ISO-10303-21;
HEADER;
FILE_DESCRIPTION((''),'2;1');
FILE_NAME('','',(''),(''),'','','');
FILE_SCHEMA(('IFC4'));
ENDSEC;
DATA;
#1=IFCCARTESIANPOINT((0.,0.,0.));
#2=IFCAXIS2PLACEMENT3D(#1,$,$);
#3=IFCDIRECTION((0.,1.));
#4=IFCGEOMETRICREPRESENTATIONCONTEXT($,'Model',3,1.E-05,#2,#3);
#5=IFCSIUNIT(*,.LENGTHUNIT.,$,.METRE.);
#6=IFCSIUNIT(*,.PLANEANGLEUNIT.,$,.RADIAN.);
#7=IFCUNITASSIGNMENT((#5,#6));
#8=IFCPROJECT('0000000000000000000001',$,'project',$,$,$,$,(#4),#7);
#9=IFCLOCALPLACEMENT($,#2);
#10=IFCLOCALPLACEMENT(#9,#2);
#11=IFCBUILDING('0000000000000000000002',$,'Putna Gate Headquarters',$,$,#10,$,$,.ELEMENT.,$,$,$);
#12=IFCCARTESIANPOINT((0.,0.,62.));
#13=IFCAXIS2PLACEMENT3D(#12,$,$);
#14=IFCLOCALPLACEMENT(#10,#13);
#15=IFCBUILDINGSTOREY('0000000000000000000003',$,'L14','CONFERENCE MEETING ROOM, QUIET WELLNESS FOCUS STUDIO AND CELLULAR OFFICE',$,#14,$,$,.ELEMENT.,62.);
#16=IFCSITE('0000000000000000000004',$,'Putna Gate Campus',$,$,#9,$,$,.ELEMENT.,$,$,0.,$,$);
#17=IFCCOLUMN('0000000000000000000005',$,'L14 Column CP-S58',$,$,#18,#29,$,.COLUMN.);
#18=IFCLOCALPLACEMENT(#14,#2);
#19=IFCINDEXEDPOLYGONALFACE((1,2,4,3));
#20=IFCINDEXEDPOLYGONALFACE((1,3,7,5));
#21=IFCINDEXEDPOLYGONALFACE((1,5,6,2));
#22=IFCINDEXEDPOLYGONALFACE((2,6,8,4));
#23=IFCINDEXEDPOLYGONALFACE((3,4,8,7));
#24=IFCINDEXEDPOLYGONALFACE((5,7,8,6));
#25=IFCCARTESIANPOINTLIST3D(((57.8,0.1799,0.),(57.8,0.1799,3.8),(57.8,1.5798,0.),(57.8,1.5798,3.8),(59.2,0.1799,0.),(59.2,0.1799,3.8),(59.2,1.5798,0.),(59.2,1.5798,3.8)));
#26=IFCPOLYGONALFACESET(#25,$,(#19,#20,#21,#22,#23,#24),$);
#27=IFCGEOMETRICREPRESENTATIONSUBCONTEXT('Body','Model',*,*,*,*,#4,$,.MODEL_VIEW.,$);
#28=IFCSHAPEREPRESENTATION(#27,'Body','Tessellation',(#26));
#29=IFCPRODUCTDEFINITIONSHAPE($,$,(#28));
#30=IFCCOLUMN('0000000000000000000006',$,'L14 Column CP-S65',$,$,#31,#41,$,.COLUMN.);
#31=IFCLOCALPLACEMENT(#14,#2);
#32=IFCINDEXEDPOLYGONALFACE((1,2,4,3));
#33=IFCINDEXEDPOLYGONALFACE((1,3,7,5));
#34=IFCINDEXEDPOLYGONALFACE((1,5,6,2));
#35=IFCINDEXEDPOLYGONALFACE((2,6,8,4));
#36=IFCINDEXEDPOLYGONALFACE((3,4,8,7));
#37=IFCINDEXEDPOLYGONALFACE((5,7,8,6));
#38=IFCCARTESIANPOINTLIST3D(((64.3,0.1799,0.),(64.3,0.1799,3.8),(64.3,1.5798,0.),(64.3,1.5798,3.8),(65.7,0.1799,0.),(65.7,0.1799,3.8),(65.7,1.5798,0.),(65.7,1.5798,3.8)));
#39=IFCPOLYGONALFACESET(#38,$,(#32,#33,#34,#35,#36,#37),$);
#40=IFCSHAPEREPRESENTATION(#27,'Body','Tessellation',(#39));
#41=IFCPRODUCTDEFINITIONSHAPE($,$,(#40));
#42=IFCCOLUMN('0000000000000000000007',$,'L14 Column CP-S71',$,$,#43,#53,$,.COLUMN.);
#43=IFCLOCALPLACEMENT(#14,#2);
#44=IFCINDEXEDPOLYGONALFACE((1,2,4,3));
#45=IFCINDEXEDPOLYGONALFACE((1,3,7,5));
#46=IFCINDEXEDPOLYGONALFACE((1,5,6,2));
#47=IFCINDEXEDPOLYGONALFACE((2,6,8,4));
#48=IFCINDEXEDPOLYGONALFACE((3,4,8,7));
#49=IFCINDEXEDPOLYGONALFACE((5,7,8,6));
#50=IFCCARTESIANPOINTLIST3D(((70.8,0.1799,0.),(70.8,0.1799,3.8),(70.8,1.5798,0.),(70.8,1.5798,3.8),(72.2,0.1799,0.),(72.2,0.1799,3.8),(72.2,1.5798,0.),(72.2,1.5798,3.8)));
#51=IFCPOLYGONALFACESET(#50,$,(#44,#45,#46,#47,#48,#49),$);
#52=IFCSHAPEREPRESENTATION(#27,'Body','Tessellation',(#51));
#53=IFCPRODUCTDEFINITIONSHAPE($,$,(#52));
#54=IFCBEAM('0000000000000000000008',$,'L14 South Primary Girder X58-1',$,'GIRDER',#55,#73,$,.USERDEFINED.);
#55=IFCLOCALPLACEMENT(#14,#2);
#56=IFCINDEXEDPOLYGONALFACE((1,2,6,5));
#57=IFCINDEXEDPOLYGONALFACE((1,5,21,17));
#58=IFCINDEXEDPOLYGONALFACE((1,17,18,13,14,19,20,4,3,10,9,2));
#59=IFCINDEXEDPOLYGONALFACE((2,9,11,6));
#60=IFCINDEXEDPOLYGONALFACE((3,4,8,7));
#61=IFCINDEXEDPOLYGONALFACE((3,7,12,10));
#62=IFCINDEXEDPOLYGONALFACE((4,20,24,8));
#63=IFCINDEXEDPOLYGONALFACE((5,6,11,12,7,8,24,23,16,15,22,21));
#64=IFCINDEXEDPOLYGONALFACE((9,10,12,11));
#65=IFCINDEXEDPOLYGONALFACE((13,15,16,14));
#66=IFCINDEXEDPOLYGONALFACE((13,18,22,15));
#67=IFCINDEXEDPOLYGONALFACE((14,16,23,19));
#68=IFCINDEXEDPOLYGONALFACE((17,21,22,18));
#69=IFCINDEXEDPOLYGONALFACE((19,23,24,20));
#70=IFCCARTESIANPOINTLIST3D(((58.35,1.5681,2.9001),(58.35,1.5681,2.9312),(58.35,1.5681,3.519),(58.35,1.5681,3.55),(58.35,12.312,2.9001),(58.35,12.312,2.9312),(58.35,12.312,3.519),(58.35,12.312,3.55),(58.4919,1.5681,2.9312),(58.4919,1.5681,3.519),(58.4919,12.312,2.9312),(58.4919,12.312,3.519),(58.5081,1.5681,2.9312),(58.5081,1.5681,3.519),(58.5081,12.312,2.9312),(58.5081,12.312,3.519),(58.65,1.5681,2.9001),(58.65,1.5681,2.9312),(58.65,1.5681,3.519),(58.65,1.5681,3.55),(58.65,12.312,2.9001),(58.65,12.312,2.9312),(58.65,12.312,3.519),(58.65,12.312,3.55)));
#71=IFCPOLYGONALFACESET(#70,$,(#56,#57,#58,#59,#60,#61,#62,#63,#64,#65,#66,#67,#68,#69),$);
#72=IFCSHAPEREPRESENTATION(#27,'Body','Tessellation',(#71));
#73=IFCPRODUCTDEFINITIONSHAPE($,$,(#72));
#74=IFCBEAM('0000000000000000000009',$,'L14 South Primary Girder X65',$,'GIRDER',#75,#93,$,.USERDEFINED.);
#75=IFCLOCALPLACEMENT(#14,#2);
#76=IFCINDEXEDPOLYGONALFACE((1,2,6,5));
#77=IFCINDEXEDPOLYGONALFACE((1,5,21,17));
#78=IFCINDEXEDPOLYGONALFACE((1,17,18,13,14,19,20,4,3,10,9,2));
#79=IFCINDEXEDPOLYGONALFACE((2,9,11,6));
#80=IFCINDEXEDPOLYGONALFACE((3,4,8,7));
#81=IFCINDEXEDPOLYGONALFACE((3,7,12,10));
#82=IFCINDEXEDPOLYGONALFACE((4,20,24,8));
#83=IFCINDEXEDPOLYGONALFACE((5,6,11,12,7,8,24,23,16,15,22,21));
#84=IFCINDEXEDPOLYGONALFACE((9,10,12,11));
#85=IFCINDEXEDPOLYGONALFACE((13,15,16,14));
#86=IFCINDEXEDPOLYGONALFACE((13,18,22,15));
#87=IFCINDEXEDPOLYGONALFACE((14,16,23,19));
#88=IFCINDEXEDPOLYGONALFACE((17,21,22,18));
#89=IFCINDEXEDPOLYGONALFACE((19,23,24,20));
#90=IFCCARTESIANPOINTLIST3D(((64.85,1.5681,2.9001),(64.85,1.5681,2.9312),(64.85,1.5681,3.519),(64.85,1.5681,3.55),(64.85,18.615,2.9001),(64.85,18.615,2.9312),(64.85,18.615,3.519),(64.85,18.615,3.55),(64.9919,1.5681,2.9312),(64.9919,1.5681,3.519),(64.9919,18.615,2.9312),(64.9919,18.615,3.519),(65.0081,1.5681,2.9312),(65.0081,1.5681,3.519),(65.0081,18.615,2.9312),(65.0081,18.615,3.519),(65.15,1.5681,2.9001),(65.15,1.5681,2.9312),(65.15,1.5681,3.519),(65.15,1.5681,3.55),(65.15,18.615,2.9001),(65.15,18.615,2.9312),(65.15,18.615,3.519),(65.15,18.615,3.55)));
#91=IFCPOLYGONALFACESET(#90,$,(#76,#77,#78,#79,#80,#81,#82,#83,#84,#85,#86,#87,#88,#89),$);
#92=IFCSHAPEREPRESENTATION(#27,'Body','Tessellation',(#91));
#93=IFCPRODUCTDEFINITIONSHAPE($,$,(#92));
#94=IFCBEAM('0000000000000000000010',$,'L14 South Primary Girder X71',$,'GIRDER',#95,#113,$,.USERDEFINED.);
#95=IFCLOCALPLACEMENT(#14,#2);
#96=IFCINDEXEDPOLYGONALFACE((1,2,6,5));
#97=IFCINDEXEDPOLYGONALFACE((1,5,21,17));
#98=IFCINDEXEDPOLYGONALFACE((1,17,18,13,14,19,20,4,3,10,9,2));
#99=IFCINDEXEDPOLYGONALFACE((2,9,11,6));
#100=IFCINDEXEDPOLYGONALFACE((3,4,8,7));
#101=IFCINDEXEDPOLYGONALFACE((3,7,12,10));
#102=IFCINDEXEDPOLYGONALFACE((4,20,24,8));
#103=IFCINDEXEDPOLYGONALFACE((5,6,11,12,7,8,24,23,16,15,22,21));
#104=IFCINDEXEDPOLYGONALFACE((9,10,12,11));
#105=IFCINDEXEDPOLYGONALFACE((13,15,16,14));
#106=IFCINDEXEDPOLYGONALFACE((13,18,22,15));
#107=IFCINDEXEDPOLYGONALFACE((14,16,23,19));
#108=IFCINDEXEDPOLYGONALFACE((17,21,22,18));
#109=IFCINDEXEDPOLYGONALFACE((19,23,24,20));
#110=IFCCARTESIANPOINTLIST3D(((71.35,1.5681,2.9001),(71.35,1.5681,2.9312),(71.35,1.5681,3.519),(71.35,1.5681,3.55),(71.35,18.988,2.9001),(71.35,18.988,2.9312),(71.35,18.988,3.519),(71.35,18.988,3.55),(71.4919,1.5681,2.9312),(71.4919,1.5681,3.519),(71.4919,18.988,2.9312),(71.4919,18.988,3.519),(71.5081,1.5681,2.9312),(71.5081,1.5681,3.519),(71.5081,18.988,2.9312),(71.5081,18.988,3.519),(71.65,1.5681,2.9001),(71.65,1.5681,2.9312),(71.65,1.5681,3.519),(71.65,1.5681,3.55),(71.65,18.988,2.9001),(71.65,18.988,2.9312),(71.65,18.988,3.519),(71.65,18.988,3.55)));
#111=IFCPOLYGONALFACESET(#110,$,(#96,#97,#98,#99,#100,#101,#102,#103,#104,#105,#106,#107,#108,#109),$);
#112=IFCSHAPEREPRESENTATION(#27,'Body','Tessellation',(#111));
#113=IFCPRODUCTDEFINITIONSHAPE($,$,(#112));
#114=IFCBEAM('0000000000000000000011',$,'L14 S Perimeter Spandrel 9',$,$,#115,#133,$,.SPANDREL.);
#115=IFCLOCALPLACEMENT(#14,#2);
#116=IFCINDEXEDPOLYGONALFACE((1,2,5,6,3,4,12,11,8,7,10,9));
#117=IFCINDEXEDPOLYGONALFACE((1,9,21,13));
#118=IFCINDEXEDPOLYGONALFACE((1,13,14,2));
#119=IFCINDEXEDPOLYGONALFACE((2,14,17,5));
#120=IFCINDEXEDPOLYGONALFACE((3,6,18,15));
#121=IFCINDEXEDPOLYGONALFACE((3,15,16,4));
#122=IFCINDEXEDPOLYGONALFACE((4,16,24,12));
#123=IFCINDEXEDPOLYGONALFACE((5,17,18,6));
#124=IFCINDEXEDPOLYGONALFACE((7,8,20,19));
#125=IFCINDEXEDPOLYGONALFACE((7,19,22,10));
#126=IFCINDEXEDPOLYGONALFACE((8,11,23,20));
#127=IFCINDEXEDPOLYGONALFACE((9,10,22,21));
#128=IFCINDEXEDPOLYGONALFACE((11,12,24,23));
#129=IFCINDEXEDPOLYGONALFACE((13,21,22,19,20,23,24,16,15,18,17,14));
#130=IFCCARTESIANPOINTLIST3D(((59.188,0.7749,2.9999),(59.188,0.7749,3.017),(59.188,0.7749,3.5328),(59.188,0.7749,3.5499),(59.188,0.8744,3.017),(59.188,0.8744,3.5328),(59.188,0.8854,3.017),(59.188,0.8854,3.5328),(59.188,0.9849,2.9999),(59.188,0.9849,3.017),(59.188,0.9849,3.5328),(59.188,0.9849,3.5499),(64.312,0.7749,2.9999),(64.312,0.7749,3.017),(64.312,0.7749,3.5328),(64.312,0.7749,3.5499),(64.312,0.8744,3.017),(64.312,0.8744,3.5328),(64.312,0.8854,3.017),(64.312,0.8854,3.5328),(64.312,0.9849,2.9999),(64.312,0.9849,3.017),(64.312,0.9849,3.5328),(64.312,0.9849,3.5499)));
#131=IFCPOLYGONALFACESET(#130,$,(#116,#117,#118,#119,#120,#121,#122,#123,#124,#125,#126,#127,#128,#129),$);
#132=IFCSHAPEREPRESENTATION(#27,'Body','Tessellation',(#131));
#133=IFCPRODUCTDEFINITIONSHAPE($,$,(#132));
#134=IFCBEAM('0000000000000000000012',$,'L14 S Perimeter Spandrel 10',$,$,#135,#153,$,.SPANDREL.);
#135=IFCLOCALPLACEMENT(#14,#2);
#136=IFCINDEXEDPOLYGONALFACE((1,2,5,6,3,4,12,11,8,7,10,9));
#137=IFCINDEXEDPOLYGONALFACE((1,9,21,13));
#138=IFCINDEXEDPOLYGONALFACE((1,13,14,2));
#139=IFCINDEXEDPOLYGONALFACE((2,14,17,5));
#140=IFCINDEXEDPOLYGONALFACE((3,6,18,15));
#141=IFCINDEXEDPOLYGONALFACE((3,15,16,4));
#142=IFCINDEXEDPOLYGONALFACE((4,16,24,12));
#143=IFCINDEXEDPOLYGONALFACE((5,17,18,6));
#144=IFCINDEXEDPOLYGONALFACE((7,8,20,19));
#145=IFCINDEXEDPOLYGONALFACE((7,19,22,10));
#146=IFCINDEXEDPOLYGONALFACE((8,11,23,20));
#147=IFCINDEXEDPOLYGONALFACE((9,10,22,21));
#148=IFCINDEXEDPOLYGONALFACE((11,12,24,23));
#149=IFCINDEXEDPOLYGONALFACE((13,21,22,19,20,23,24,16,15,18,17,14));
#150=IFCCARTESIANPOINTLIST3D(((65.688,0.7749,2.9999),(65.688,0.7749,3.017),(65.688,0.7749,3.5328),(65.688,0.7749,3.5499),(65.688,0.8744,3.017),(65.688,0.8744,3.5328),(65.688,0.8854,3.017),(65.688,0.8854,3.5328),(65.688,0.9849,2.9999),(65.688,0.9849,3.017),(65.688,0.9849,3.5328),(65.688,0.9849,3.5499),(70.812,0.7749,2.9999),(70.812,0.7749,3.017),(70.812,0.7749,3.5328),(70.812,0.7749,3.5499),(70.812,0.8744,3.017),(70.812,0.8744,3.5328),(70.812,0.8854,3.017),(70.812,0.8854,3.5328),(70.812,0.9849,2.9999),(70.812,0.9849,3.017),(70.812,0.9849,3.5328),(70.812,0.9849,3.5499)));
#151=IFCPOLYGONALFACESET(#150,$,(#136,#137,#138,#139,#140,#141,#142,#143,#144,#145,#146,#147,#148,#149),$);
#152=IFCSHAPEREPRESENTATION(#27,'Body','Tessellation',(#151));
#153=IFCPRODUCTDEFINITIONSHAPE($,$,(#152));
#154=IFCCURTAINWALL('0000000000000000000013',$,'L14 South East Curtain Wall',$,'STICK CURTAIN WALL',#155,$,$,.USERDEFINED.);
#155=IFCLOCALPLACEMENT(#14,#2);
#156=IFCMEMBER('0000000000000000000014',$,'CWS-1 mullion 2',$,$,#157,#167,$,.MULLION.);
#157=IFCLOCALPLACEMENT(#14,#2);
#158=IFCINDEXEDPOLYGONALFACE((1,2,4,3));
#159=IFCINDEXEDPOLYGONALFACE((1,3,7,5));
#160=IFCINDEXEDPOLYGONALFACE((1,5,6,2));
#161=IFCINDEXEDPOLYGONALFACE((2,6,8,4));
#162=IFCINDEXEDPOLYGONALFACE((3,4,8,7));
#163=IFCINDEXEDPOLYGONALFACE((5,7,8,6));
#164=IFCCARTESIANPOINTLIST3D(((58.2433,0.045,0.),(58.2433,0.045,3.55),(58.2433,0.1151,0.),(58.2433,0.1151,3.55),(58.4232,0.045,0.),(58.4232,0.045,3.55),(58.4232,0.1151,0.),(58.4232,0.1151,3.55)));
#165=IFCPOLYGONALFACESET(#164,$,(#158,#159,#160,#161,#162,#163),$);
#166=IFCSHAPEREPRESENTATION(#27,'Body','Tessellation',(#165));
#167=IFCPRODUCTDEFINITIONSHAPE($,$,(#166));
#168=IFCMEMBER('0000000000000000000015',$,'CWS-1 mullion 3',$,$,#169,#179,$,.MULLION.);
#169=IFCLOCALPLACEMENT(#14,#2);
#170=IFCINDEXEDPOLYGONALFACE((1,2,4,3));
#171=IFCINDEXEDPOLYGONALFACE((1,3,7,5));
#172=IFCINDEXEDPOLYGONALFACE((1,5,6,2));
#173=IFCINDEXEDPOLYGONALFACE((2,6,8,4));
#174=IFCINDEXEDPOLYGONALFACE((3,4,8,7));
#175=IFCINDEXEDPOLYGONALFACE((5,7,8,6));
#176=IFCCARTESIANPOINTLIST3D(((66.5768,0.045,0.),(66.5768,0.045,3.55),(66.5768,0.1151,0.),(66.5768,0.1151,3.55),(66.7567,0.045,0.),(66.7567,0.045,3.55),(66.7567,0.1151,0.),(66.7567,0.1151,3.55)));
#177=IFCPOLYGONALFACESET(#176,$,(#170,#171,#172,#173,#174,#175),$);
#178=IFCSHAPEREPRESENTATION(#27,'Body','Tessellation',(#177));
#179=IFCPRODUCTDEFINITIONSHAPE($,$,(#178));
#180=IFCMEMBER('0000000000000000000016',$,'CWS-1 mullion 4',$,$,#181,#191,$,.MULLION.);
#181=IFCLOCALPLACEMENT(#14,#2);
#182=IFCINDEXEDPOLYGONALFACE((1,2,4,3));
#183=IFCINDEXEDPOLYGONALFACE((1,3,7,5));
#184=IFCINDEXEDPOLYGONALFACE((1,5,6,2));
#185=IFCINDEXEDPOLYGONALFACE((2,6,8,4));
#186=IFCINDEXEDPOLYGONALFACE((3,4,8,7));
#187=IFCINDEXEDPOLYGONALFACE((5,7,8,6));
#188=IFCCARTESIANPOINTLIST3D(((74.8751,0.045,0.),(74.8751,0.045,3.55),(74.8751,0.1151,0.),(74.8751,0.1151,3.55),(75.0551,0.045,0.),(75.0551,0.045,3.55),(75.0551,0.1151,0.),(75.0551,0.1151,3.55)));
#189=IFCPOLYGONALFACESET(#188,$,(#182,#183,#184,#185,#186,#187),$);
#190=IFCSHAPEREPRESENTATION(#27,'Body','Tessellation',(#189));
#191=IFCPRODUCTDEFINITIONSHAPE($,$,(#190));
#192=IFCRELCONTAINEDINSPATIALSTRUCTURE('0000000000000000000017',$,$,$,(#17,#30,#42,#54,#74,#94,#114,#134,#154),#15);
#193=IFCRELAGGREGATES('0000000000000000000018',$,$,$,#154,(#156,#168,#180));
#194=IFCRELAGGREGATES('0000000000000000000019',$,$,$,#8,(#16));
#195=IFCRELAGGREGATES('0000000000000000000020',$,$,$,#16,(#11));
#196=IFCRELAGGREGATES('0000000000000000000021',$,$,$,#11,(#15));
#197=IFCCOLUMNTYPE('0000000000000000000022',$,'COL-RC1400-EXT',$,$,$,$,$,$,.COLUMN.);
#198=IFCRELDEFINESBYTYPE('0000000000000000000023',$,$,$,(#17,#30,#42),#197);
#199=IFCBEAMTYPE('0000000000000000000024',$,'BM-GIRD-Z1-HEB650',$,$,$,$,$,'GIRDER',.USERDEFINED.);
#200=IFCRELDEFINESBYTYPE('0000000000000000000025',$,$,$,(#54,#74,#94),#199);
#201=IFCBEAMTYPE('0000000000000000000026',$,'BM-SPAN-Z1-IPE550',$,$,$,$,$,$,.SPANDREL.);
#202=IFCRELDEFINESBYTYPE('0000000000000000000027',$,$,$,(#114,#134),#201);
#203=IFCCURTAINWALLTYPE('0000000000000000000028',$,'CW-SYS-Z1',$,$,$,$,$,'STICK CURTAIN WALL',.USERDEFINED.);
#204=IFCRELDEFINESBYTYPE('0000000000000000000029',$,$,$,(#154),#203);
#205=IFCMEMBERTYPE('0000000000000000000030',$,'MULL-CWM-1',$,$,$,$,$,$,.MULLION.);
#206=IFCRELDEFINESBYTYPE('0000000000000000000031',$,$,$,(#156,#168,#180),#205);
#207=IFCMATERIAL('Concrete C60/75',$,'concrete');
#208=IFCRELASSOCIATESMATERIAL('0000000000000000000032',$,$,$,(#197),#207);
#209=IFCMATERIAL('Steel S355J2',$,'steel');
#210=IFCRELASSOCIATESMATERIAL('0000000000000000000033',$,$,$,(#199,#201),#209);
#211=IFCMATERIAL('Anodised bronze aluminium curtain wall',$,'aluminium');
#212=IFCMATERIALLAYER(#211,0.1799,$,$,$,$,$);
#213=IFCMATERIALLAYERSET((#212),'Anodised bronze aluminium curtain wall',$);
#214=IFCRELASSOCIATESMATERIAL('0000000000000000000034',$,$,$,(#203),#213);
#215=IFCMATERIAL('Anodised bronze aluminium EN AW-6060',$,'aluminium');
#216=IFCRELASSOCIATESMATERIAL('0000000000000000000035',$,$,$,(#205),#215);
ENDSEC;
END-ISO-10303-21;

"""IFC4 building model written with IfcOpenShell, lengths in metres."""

from ifc_helpers import new_model, si_unit, direction, frame, origin, origin_2d, place, context, subcontext, project, spatial, rectangle, i_section, extrude, material, layer, layer_set, material_profile, profile_set, type_object, element, aggregate, save


model = new_model("IFC4")

# Units and contexts
model_context = context("Model", 3, precision=1e-05, world=origin(), true_north=direction((0.0, 1.0)))
body_context = subcontext(model_context, "Body", "Model", "MODEL_VIEW")
ifc_project = project(units=[si_unit("LENGTHUNIT", "METRE"), si_unit("PLANEANGLEUNIT", "RADIAN")], contexts=[model_context])

# Site, building, storey
site_placement = place(None, origin())
site = spatial("IfcSite", under=ifc_project, at=site_placement, Name="Putna Gate Campus", CompositionType="ELEMENT", RefElevation=0.0)
building_placement = place(site_placement, origin())
building = spatial("IfcBuilding", under=site, at=building_placement, Name="Putna Gate Headquarters", CompositionType="ELEMENT")
storey_placement = place(building_placement, frame((0.0, 0.0, 62.0)))
storey = spatial("IfcBuildingStorey", under=building, at=storey_placement, Name="L14", Description="CONFERENCE MEETING ROOM, QUIET WELLNESS FOCUS STUDIO AND CELLULAR OFFICE", CompositionType="ELEMENT", Elevation=62.0)

# Columns
ifc_material_1 = material(Name="Concrete C60/75", Category="concrete")
ifc_material_profile_1 = material_profile(ifc_material_1, rectangle(XDim=1.3999, YDim=1.3999, at=origin_2d()), Name="Concrete C60/75")
ifc_profile_set_1 = profile_set([ifc_material_profile_1], Name="Concrete C60/75")
column_type = type_object("IfcColumnType", Name="COL-RC1400-EXT", PredefinedType="COLUMN", material=ifc_profile_set_1)
for number, where, z_axis, x_axis, name in (
    (1, (58.5, 0.8799, 0.0), (0.0, 0.0, 1.0), (1.0, 0.0, 0.0), "L14 Column CP-S58"),
    (2, (65.0, 0.8799, 0.0), (0.0, 0.0, 1.0), (1.0, 0.0, 0.0), "L14 Column CP-S65"),
    (3, (71.5, 0.8799, 0.0), (0.0, 0.0, 1.0), (1.0, 0.0, 0.0), "L14 Column CP-S71"),
):
    element("IfcColumn", number, at=place(storey_placement, frame(where, z_axis=z_axis, x_axis=x_axis)), inside=storey, type_object=column_type, Name=name, PredefinedType="COLUMN", context=body_context, shape_type="SweptSolid", body=[
        extrude(rectangle(XDim=1.3999, YDim=1.3999, at=origin_2d()), origin(), (0.0, 0.0, 1.0), 3.8),
    ])

# Beams
ifc_material_2 = material(Name="Steel S355J2", Category="steel")
ifc_material_profile_2 = material_profile(ifc_material_2, i_section(OverallWidth=0.3, OverallDepth=0.6499, WebThickness=0.0161, FlangeThickness=0.031, at=origin_2d()), Name="Steel S355J2")
ifc_profile_set_2 = profile_set([ifc_material_profile_2], Name="Steel S355J2")
beam_type_1 = type_object("IfcBeamType", Name="BM-GIRD-Z1-HEB650", ElementType="GIRDER", PredefinedType="USERDEFINED", material=ifc_profile_set_2)
beam_1_placement = place(storey_placement, frame((58.5, 1.5681, 3.2251), z_axis=(0.0, 1.0, 0.0), x_axis=(-1.0, 0.0, 0.0)))
element("IfcBeam", 4, at=beam_1_placement, inside=storey, type_object=beam_type_1, Name="L14 South Primary Girder X58-1", ObjectType="GIRDER", PredefinedType="USERDEFINED", context=body_context, shape_type="SweptSolid", body=[
    extrude(i_section(OverallWidth=0.3, OverallDepth=0.6499, WebThickness=0.0161, FlangeThickness=0.031, at=origin_2d()), origin(), (0.0, 0.0, 1.0), 10.7439),
])
beam_2_placement = place(storey_placement, frame((65.0, 1.5681, 3.2251), z_axis=(0.0, 1.0, 0.0), x_axis=(-1.0, 0.0, 0.0)))
element("IfcBeam", 5, at=beam_2_placement, inside=storey, type_object=beam_type_1, Name="L14 South Primary Girder X65", ObjectType="GIRDER", PredefinedType="USERDEFINED", context=body_context, shape_type="SweptSolid", body=[
    extrude(i_section(OverallWidth=0.3, OverallDepth=0.6499, WebThickness=0.0161, FlangeThickness=0.031, at=origin_2d()), origin(), (0.0, 0.0, 1.0), 17.0469),
])
beam_3_placement = place(storey_placement, frame((71.5, 1.5681, 3.2251), z_axis=(0.0, 1.0, 0.0), x_axis=(-1.0, 0.0, 0.0)))
element("IfcBeam", 6, at=beam_3_placement, inside=storey, type_object=beam_type_1, Name="L14 South Primary Girder X71", ObjectType="GIRDER", PredefinedType="USERDEFINED", context=body_context, shape_type="SweptSolid", body=[
    extrude(i_section(OverallWidth=0.3, OverallDepth=0.6499, WebThickness=0.0161, FlangeThickness=0.031, at=origin_2d()), origin(), (0.0, 0.0, 1.0), 17.4199),
])
ifc_material_profile_3 = material_profile(ifc_material_2, i_section(OverallWidth=0.21, OverallDepth=0.55, WebThickness=0.011, FlangeThickness=0.0171, at=origin_2d()), Name="Steel S355J2")
ifc_profile_set_3 = profile_set([ifc_material_profile_3], Name="Steel S355J2")
beam_type_2 = type_object("IfcBeamType", Name="BM-SPAN-Z1-IPE550", PredefinedType="SPANDREL", material=ifc_profile_set_3)
for number, where, z_axis, x_axis, name in (
    (7, (59.188, 0.8799, 3.2749), (1.0, 0.0, 0.0), (0.0, 1.0, 0.0), "L14 S Perimeter Spandrel 9"),
    (8, (65.688, 0.8799, 3.2749), (1.0, 0.0, 0.0), (0.0, 1.0, 0.0), "L14 S Perimeter Spandrel 10"),
):
    element("IfcBeam", number, at=place(storey_placement, frame(where, z_axis=z_axis, x_axis=x_axis)), inside=storey, type_object=beam_type_2, Name=name, PredefinedType="SPANDREL", context=body_context, shape_type="SweptSolid", body=[
        extrude(i_section(OverallWidth=0.21, OverallDepth=0.55, WebThickness=0.011, FlangeThickness=0.0171, at=origin_2d()), origin(), (0.0, 0.0, 1.0), 5.124),
    ])

# Curtain wall, members
ifc_material_3 = material(Name="Anodised bronze aluminium curtain wall", Category="aluminium")
ifc_layer_1 = layer(ifc_material_3, 0.1799)
ifc_layer_set_1 = layer_set([ifc_layer_1], Name="Anodised bronze aluminium curtain wall")
curtain_wall_type = type_object("IfcCurtainWallType", Name="CW-SYS-Z1", ElementType="STICK CURTAIN WALL", PredefinedType="USERDEFINED", material=ifc_layer_set_1)
curtain_wall_1_placement = place(storey_placement, origin())
curtain_wall_1 = element("IfcCurtainWall", 9, at=curtain_wall_1_placement, inside=storey, type_object=curtain_wall_type, Name="L14 South East Curtain Wall", ObjectType="STICK CURTAIN WALL", PredefinedType="USERDEFINED")
ifc_material_4 = material(Name="Anodised bronze aluminium EN AW-6060", Category="aluminium")
ifc_material_profile_4 = material_profile(ifc_material_4, rectangle(XDim=0.0701, YDim=0.1799, at=origin_2d()), Name="Anodised bronze aluminium EN AW-6060")
ifc_profile_set_4 = profile_set([ifc_material_profile_4], Name="Anodised bronze aluminium EN AW-6060")
member_type_1 = type_object("IfcMemberType", Name="MULL-CWM-1", PredefinedType="MULLION", material=ifc_profile_set_4)
member_1_placement = place(storey_placement, frame((58.3333, 0.0801, 0.0), z_axis=(0.0, 0.0, 1.0), x_axis=(0.0, 1.0, 0.0)))
member_1 = element("IfcMember", 10, at=member_1_placement, type_object=member_type_1, Name="CWS-1 mullion 2", PredefinedType="MULLION", context=body_context, shape_type="SweptSolid", body=[
    extrude(rectangle(XDim=0.0701, YDim=0.1799, at=origin_2d()), origin(), (0.0, 0.0, 1.0), 3.55),
])
member_2_placement = place(storey_placement, frame((66.6667, 0.0801, 0.0), z_axis=(0.0, 0.0, 1.0), x_axis=(0.0, 1.0, 0.0)))
member_2 = element("IfcMember", 11, at=member_2_placement, type_object=member_type_1, Name="CWS-1 mullion 3", PredefinedType="MULLION", context=body_context, shape_type="SweptSolid", body=[
    extrude(rectangle(XDim=0.0701, YDim=0.1799, at=origin_2d()), origin(), (0.0, 0.0, 1.0), 3.55),
])
member_3_placement = place(storey_placement, frame((74.9651, 0.0801, 0.0), z_axis=(0.0, 0.0, 1.0), x_axis=(0.0, 1.0, 0.0)))
member_3 = element("IfcMember", 12, at=member_3_placement, type_object=member_type_1, Name="CWS-1 mullion 4", PredefinedType="MULLION", context=body_context, shape_type="SweptSolid", body=[
    extrude(rectangle(XDim=0.0701, YDim=0.1799, at=origin_2d()), origin(), (0.0, 0.0, 1.0), 3.55),
])

aggregate(curtain_wall_1, [member_1, member_2, member_3])

save(model, "model.ifc")
